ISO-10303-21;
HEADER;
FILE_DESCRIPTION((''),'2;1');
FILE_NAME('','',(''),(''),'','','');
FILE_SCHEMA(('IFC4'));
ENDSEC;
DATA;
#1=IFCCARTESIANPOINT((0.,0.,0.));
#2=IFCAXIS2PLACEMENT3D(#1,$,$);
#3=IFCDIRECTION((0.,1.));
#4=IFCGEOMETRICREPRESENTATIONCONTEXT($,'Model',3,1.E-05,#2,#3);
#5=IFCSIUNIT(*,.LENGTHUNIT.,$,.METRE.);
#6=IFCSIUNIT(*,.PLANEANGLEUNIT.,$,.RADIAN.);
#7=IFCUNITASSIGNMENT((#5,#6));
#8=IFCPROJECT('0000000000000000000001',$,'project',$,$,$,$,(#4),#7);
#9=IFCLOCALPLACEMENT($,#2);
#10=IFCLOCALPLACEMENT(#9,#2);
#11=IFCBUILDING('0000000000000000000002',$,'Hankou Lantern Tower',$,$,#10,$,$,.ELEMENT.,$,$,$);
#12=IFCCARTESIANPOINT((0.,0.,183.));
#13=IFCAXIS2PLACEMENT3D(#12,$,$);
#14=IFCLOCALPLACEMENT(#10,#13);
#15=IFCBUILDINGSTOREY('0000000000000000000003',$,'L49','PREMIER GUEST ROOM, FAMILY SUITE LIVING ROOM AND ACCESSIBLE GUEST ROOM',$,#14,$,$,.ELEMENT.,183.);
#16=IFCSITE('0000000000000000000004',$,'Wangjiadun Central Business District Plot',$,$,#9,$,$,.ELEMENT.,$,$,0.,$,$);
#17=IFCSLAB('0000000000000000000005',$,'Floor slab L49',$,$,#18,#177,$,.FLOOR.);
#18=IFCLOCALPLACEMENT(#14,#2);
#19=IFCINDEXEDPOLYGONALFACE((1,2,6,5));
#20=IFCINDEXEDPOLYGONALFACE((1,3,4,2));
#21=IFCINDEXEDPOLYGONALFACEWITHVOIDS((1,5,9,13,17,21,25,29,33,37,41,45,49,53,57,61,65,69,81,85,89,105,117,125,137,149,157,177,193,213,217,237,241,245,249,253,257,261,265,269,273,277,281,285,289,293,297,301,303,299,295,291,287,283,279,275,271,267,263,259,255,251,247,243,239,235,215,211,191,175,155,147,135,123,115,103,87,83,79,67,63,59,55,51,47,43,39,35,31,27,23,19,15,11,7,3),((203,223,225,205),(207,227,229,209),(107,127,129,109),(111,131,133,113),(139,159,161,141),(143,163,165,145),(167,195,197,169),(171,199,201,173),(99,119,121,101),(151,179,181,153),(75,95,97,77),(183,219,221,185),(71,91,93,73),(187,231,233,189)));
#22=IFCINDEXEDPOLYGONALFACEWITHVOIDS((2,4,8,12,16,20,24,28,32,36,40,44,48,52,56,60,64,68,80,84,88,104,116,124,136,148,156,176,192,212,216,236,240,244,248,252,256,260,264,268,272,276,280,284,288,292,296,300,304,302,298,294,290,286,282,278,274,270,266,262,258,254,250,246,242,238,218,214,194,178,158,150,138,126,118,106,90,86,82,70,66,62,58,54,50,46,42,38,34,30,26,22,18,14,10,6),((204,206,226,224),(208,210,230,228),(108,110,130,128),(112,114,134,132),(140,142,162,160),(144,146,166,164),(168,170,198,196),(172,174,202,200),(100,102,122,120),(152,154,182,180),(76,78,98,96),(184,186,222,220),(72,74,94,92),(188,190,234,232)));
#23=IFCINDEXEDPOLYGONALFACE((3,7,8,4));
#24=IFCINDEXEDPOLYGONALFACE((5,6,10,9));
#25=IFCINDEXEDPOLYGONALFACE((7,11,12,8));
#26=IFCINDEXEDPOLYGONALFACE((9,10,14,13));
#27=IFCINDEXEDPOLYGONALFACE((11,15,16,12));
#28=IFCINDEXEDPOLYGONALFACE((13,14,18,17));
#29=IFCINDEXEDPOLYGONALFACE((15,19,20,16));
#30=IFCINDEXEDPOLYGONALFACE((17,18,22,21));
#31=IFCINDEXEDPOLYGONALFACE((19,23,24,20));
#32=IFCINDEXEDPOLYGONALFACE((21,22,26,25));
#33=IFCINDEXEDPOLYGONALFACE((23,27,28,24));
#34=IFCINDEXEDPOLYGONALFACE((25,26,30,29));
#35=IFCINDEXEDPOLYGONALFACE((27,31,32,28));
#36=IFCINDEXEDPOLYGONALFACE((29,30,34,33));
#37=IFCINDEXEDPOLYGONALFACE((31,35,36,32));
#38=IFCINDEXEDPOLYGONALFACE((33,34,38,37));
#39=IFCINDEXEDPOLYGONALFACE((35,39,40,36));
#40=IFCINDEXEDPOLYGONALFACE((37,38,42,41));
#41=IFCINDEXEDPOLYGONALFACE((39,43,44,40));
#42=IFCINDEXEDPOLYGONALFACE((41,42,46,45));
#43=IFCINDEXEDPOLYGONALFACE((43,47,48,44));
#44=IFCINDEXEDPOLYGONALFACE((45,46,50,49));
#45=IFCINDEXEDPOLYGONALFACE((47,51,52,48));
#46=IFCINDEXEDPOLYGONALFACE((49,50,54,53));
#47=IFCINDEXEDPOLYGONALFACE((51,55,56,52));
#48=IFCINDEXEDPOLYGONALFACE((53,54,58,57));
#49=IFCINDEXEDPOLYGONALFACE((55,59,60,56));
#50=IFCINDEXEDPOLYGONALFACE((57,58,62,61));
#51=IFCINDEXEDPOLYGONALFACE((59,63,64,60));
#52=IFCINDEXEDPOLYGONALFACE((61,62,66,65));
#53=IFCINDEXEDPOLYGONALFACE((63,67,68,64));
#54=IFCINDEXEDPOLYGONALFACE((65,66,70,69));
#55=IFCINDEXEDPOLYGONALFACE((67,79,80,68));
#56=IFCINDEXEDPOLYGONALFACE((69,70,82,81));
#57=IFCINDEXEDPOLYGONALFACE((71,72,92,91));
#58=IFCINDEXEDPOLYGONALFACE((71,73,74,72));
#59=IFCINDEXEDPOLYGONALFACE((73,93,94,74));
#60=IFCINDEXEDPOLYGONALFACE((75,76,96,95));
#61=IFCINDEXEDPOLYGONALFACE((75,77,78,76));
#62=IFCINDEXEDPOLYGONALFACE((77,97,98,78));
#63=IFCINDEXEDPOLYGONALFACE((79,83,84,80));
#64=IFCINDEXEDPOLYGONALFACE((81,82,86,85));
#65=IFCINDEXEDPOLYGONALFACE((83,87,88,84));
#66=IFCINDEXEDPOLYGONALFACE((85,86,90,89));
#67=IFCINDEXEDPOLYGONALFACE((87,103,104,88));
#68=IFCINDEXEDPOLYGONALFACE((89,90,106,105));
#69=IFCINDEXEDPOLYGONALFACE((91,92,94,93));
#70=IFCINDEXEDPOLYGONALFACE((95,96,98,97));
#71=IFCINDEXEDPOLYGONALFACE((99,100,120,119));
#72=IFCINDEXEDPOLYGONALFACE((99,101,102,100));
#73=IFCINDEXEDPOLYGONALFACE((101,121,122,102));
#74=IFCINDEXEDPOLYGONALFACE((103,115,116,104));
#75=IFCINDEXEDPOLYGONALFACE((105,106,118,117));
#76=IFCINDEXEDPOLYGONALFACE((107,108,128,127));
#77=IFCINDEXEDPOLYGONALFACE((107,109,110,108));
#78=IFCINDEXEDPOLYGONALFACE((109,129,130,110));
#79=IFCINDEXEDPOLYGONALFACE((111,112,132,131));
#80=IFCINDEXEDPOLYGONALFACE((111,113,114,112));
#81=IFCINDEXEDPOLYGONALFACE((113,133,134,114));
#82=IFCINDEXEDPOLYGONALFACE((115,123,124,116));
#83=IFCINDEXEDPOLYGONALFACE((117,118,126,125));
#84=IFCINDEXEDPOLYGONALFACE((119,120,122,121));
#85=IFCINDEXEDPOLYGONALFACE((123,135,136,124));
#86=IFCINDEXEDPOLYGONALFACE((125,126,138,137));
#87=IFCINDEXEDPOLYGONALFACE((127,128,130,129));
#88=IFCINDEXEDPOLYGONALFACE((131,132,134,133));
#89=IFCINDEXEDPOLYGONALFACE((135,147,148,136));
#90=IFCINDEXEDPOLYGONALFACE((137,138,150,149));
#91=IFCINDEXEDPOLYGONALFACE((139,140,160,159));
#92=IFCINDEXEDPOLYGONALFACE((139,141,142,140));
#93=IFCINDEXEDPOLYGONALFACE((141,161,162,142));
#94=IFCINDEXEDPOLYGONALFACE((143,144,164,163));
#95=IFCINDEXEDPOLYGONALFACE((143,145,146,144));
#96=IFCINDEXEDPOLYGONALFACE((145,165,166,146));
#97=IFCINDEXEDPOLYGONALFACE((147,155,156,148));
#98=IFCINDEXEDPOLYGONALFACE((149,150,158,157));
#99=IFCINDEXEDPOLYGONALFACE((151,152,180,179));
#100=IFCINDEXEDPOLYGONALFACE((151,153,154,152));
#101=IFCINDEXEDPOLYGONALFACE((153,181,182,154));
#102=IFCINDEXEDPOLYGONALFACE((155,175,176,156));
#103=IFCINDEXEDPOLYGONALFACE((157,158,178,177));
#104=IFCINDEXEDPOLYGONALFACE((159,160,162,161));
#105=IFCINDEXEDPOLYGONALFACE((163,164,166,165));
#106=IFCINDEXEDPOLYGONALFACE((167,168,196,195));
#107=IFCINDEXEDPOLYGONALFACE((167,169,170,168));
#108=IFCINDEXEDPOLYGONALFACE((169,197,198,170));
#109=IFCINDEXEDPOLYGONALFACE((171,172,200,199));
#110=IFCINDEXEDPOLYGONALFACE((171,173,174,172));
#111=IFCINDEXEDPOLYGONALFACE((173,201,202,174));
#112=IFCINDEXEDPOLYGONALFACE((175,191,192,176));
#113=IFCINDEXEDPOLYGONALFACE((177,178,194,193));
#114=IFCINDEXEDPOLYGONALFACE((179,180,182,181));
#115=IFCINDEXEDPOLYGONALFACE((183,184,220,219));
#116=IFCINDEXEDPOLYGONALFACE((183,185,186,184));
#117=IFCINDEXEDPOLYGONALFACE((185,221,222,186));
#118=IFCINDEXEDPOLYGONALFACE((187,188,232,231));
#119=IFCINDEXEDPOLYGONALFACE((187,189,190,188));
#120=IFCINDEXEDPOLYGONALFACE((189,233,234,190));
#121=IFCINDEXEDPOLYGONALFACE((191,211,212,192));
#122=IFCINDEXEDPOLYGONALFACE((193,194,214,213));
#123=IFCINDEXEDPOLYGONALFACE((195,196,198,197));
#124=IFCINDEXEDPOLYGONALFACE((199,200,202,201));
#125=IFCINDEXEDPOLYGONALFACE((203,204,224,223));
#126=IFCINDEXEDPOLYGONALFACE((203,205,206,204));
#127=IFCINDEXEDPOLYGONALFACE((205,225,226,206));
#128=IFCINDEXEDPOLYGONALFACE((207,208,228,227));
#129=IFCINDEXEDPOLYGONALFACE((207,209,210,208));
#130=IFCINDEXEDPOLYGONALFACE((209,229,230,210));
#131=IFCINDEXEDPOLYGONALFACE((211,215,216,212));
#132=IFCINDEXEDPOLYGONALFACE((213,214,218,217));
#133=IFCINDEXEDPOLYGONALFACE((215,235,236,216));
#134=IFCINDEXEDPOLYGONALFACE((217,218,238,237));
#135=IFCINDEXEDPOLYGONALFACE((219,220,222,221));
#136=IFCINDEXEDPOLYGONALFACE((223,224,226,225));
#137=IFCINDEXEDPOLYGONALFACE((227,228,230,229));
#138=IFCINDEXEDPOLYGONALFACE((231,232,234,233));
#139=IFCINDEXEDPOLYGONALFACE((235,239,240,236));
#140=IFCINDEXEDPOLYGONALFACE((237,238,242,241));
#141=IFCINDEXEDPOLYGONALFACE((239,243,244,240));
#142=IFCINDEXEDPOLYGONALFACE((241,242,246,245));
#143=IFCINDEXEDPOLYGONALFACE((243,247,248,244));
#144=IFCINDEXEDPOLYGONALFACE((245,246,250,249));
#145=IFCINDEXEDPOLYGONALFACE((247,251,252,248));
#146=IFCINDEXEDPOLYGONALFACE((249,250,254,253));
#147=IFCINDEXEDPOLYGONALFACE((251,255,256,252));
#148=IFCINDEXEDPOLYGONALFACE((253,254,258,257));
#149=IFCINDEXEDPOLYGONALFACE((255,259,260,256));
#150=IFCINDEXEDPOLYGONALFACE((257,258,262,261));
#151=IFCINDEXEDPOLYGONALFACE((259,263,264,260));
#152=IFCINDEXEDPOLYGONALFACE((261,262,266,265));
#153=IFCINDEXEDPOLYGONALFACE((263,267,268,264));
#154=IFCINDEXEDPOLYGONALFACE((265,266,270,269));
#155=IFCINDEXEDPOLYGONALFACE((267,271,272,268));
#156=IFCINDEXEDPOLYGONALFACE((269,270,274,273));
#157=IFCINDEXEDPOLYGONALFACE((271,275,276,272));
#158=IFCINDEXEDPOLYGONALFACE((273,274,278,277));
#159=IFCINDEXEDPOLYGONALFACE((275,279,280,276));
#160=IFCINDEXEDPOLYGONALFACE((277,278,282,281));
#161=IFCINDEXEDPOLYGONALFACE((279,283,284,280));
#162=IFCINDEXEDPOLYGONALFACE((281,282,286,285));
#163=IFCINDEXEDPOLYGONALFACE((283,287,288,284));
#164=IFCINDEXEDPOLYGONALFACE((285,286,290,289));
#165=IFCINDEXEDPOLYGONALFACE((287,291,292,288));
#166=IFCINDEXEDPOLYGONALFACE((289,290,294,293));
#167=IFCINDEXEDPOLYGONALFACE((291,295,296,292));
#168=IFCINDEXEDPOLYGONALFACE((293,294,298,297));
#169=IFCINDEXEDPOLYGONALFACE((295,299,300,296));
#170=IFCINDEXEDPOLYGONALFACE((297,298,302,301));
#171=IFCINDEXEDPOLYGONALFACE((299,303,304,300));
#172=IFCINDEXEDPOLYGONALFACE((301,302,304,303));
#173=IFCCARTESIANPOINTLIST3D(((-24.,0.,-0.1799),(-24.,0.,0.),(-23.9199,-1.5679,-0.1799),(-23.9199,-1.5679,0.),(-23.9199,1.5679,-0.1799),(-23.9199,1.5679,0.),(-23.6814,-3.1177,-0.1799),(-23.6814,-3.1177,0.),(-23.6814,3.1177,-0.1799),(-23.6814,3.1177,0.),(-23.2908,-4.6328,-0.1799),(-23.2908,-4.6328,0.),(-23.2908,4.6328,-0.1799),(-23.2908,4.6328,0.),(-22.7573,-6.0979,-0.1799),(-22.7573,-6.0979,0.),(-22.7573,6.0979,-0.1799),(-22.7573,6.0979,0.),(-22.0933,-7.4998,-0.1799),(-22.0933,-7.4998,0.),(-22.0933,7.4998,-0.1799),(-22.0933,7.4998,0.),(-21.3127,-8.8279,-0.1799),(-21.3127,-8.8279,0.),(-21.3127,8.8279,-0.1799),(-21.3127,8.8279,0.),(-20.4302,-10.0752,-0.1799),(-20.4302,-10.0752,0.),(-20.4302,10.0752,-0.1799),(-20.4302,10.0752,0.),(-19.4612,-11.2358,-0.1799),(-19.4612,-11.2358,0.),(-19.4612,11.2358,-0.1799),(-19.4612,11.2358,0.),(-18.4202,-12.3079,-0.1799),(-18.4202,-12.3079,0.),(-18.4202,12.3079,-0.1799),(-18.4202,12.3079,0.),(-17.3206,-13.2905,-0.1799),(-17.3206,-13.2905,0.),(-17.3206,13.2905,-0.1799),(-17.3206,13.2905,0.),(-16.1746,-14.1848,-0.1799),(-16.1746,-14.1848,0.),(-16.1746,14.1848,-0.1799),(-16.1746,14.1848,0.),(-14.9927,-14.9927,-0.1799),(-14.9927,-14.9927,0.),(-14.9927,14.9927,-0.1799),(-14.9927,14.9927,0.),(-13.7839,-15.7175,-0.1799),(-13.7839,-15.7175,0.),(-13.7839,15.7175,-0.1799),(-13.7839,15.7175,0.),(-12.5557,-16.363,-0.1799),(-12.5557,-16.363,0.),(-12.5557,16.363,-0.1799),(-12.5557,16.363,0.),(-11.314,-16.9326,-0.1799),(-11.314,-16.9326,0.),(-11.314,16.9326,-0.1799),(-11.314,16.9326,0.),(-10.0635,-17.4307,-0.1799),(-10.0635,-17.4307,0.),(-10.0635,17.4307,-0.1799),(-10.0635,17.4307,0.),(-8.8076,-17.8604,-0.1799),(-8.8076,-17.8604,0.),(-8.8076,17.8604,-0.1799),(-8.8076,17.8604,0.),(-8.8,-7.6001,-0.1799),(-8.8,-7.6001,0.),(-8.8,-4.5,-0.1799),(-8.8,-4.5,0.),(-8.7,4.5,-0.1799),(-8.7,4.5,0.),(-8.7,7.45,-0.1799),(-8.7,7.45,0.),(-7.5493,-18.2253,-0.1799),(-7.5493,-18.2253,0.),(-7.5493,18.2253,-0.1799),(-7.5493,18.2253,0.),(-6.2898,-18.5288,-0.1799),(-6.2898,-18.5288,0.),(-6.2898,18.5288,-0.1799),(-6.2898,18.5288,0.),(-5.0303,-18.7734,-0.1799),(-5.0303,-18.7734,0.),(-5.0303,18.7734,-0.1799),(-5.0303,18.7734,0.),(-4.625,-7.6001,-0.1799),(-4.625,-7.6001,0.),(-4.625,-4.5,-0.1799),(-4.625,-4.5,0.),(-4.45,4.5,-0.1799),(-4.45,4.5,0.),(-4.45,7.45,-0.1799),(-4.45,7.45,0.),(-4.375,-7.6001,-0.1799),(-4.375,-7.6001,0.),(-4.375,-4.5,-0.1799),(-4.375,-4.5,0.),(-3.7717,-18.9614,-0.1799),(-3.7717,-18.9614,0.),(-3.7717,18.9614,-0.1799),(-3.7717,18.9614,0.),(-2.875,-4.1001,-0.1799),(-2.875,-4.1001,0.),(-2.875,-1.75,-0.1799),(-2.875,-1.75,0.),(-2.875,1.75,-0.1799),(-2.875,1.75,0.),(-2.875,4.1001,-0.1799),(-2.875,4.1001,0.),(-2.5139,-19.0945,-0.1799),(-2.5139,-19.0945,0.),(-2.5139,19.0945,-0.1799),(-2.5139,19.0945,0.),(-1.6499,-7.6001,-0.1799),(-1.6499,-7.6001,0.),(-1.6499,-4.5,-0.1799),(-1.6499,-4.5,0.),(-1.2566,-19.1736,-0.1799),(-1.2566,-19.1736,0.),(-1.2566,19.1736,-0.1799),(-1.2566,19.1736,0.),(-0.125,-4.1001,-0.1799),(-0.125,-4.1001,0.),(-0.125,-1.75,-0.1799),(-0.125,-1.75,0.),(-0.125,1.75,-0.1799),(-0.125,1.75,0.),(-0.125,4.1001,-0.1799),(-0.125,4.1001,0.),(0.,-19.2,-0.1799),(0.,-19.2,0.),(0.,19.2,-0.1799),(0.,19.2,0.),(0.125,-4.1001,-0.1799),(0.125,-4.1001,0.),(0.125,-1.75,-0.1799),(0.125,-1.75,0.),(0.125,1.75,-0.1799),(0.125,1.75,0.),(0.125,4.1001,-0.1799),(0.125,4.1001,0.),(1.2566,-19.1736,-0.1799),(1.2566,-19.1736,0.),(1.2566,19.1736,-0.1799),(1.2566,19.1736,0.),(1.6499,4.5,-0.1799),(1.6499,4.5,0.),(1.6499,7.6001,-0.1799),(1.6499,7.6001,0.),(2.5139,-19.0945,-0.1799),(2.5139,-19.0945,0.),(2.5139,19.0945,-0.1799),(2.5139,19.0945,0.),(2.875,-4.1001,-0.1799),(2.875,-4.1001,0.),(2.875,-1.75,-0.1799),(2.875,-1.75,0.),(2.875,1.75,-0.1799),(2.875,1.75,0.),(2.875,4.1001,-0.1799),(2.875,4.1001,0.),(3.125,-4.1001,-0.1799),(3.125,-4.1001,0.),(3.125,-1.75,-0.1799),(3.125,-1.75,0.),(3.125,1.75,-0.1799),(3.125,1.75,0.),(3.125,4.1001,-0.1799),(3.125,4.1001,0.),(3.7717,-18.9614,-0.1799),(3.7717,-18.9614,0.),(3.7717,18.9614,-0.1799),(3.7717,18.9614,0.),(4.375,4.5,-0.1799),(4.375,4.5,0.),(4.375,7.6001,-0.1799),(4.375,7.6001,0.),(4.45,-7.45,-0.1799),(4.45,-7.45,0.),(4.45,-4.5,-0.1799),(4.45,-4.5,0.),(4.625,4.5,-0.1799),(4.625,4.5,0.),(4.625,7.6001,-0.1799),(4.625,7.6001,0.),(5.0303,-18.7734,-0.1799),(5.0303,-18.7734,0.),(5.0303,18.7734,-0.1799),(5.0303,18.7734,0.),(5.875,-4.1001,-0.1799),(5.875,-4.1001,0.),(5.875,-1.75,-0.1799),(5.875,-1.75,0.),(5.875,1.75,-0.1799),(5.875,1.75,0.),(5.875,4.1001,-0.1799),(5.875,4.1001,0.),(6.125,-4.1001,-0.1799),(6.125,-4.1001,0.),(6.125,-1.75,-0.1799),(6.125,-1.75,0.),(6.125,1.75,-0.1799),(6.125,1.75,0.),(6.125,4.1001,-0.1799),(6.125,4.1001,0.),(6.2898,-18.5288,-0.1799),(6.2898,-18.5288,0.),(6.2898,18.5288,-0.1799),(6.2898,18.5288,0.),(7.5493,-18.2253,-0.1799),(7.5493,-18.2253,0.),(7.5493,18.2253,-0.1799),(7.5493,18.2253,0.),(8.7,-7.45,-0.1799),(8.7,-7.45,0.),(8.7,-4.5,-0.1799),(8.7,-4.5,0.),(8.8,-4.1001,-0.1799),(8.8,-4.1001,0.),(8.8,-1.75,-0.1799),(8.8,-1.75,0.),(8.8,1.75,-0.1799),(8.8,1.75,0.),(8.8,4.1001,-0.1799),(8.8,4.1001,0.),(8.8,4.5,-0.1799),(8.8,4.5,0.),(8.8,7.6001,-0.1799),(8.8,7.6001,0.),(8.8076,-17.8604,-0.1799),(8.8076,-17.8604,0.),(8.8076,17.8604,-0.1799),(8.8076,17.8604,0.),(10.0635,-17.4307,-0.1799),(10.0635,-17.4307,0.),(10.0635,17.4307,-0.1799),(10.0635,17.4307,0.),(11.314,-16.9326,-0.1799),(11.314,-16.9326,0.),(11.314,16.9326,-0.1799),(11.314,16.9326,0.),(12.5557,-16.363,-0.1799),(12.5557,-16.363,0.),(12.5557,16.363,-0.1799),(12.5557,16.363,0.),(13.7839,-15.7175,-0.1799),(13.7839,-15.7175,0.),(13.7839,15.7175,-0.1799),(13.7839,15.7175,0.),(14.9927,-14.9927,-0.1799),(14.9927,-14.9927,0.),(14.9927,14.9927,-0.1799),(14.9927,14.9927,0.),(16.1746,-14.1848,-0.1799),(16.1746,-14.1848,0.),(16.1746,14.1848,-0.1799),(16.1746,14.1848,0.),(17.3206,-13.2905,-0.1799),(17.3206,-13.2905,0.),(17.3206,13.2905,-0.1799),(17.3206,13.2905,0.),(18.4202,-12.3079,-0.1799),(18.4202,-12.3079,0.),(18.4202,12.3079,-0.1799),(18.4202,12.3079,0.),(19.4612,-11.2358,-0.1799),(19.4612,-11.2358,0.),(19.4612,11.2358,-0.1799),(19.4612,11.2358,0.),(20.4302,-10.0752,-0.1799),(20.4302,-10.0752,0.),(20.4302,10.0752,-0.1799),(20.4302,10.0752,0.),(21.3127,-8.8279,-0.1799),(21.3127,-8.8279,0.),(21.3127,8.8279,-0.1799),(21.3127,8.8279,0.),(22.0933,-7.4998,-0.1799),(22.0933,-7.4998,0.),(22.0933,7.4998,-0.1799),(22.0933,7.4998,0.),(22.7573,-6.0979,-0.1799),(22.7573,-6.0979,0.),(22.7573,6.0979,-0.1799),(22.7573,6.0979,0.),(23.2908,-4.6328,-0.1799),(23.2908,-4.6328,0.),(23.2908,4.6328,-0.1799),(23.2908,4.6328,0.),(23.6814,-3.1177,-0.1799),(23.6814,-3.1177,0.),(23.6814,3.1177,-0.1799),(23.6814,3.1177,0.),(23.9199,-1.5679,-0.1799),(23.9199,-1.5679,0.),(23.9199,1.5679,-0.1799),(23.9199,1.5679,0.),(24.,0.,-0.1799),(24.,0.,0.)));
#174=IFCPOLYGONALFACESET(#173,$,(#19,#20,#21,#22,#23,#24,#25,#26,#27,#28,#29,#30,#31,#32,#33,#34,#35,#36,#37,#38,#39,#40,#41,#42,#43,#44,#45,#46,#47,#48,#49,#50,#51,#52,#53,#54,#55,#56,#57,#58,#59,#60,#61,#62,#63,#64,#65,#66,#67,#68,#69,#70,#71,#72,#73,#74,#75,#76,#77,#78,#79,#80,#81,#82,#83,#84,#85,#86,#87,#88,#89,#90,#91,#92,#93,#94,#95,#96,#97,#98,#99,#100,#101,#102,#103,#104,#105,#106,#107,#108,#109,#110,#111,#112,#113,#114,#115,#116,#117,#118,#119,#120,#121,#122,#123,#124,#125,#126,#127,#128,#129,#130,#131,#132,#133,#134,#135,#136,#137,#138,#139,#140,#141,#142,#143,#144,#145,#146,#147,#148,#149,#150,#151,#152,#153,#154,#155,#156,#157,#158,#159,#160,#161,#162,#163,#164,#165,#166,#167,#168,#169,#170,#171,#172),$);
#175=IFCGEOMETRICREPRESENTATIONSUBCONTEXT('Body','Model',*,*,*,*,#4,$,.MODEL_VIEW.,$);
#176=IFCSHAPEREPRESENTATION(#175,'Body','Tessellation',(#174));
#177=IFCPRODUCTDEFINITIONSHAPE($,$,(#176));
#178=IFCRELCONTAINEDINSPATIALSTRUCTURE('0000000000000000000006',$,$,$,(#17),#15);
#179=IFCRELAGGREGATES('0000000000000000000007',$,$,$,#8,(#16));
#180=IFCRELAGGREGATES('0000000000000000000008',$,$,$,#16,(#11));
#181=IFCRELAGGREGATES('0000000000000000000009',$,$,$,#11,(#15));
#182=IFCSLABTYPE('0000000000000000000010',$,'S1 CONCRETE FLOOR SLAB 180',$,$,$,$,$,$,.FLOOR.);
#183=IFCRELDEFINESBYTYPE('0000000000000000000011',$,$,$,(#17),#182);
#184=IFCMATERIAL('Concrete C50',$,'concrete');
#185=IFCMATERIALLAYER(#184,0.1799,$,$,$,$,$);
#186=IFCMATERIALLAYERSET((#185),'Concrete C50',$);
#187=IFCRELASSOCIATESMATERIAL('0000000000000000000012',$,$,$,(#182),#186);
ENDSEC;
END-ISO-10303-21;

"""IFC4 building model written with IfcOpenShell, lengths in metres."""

from ifc_helpers import new_model, si_unit, direction, frame, origin, place, context, subcontext, project, spatial, polyline, outline, extrude, material, layer, layer_set, type_object, element, save


model = new_model("IFC4")

# Units and contexts
model_context = context("Model", 3, precision=1e-05, world=origin(), true_north=direction((0.0, 1.0)))
body_context = subcontext(model_context, "Body", "Model", "MODEL_VIEW")
ifc_project = project(units=[si_unit("LENGTHUNIT", "METRE"), si_unit("PLANEANGLEUNIT", "RADIAN")], contexts=[model_context])

# Site, building, storey
site_placement = place(None, origin())
site = spatial("IfcSite", under=ifc_project, at=site_placement, Name="Wangjiadun Central Business District Plot", CompositionType="ELEMENT", RefElevation=0.0)
building_placement = place(site_placement, origin())
building = spatial("IfcBuilding", under=site, at=building_placement, Name="Hankou Lantern Tower", CompositionType="ELEMENT")
storey_placement = place(building_placement, frame((0.0, 0.0, 183.0)))
storey = spatial("IfcBuildingStorey", under=building, at=storey_placement, Name="L49", Description="PREMIER GUEST ROOM, FAMILY SUITE LIVING ROOM AND ACCESSIBLE GUEST ROOM", CompositionType="ELEMENT", Elevation=183.0)

# Slab
ifc_material_1 = material(Name="Concrete C50", Category="concrete")
ifc_layer_1 = layer(ifc_material_1, 0.1799)
ifc_layer_set_1 = layer_set([ifc_layer_1], Name="Concrete C50")
slab_type = type_object("IfcSlabType", Name="S1 CONCRETE FLOOR SLAB 180", PredefinedType="FLOOR", material=ifc_layer_set_1)
slab_placement = place(storey_placement, frame((0.0, 0.0, -0.1799)))
element("IfcSlab", 1, at=slab_placement, inside=storey, type_object=slab_type, Name="Floor slab L49", PredefinedType="FLOOR", context=body_context, shape_type="SweptSolid", body=[
    extrude(outline(polyline([(24.0, 0.0), (23.9199, 1.5679), (23.6814, 3.1177), (23.2908, 4.6328), (22.7573, 6.0979), (22.0933, 7.4998), (21.3127, 8.8279), (20.4302, 10.0752), (19.4612, 11.2358), (18.4202, 12.3079), (17.3206, 13.2905), (16.1746, 14.1848), (14.9927, 14.9927), (13.7839, 15.7175), (12.5557, 16.363), (11.314, 16.9326), (10.0635, 17.4307), (8.8076, 17.8604), (7.5493, 18.2253), (6.2898, 18.5288), (5.0303, 18.7734), (3.7717, 18.9614), (2.5139, 19.0945), (1.2566, 19.1736), (0.0, 19.2), (-1.2566, 19.1736), (-2.5139, 19.0945), (-3.7717, 18.9614), (-5.0303, 18.7734), (-6.2898, 18.5288), (-7.5493, 18.2253), (-8.8076, 17.8604), (-10.0635, 17.4307), (-11.314, 16.9326), (-12.5557, 16.363), (-13.7839, 15.7175), (-14.9927, 14.9927), (-16.1746, 14.1848), (-17.3206, 13.2905), (-18.4202, 12.3079), (-19.4612, 11.2358), (-20.4302, 10.0752), (-21.3127, 8.8279), (-22.0933, 7.4998), (-22.7573, 6.0979), (-23.2908, 4.6328), (-23.6814, 3.1177), (-23.9199, 1.5679), (-24.0, 0.0), (-23.9199, -1.5679), (-23.6814, -3.1177), (-23.2908, -4.6328), (-22.7573, -6.0979), (-22.0933, -7.4998), (-21.3127, -8.8279), (-20.4302, -10.0752), (-19.4612, -11.2358), (-18.4202, -12.3079), (-17.3206, -13.2905), (-16.1746, -14.1848), (-14.9927, -14.9927), (-13.7839, -15.7175), (-12.5557, -16.363), (-11.314, -16.9326), (-10.0635, -17.4307), (-8.8076, -17.8604), (-7.5493, -18.2253), (-6.2898, -18.5288), (-5.0303, -18.7734), (-3.7717, -18.9614), (-2.5139, -19.0945), (-1.2566, -19.1736), (0.0, -19.2), (1.2566, -19.1736), (2.5139, -19.0945), (3.7717, -18.9614), (5.0303, -18.7734), (6.2898, -18.5288), (7.5493, -18.2253), (8.8076, -17.8604), (10.0635, -17.4307), (11.314, -16.9326), (12.5557, -16.363), (13.7839, -15.7175), (14.9927, -14.9927), (16.1746, -14.1848), (17.3206, -13.2905), (18.4202, -12.3079), (19.4612, -11.2358), (20.4302, -10.0752), (21.3127, -8.8279), (22.0933, -7.4998), (22.7573, -6.0979), (23.2908, -4.6328), (23.6814, -3.1177), (23.9199, -1.5679), (24.0, 0.0)]), holes=[polyline([(-2.875, 4.1001), (-0.125, 4.1001), (-0.125, 1.75), (-2.875, 1.75), (-2.875, 4.1001)]), polyline([(0.125, 4.1001), (2.875, 4.1001), (2.875, 1.75), (0.125, 1.75), (0.125, 4.1001)]), polyline([(3.125, 4.1001), (5.875, 4.1001), (5.875, 1.75), (3.125, 1.75), (3.125, 4.1001)]), polyline([(6.125, 4.1001), (8.8, 4.1001), (8.8, 1.75), (6.125, 1.75), (6.125, 4.1001)]), polyline([(-2.875, -1.75), (-0.125, -1.75), (-0.125, -4.1001), (-2.875, -4.1001), (-2.875, -1.75)]), polyline([(0.125, -1.75), (2.875, -1.75), (2.875, -4.1001), (0.125, -4.1001), (0.125, -1.75)]), polyline([(3.125, -1.75), (5.875, -1.75), (5.875, -4.1001), (3.125, -4.1001), (3.125, -1.75)]), polyline([(6.125, -1.75), (8.8, -1.75), (8.8, -4.1001), (6.125, -4.1001), (6.125, -1.75)]), polyline([(1.6499, 7.6001), (4.375, 7.6001), (4.375, 4.5), (1.6499, 4.5), (1.6499, 7.6001)]), polyline([(-4.375, -4.5), (-1.6499, -4.5), (-1.6499, -7.6001), (-4.375, -7.6001), (-4.375, -4.5)]), polyline([(-8.7, 7.45), (-4.45, 7.45), (-4.45, 4.5), (-8.7, 4.5), (-8.7, 7.45)]), polyline([(4.45, -4.5), (8.7, -4.5), (8.7, -7.45), (4.45, -7.45), (4.45, -4.5)]), polyline([(4.625, 7.6001), (8.8, 7.6001), (8.8, 4.5), (4.625, 4.5), (4.625, 7.6001)]), polyline([(-8.8, -4.5), (-4.625, -4.5), (-4.625, -7.6001), (-8.8, -7.6001), (-8.8, -4.5)])]), origin(), (0.0, 0.0, 1.0), 0.1799),
])

save(model, "model.ifc")
